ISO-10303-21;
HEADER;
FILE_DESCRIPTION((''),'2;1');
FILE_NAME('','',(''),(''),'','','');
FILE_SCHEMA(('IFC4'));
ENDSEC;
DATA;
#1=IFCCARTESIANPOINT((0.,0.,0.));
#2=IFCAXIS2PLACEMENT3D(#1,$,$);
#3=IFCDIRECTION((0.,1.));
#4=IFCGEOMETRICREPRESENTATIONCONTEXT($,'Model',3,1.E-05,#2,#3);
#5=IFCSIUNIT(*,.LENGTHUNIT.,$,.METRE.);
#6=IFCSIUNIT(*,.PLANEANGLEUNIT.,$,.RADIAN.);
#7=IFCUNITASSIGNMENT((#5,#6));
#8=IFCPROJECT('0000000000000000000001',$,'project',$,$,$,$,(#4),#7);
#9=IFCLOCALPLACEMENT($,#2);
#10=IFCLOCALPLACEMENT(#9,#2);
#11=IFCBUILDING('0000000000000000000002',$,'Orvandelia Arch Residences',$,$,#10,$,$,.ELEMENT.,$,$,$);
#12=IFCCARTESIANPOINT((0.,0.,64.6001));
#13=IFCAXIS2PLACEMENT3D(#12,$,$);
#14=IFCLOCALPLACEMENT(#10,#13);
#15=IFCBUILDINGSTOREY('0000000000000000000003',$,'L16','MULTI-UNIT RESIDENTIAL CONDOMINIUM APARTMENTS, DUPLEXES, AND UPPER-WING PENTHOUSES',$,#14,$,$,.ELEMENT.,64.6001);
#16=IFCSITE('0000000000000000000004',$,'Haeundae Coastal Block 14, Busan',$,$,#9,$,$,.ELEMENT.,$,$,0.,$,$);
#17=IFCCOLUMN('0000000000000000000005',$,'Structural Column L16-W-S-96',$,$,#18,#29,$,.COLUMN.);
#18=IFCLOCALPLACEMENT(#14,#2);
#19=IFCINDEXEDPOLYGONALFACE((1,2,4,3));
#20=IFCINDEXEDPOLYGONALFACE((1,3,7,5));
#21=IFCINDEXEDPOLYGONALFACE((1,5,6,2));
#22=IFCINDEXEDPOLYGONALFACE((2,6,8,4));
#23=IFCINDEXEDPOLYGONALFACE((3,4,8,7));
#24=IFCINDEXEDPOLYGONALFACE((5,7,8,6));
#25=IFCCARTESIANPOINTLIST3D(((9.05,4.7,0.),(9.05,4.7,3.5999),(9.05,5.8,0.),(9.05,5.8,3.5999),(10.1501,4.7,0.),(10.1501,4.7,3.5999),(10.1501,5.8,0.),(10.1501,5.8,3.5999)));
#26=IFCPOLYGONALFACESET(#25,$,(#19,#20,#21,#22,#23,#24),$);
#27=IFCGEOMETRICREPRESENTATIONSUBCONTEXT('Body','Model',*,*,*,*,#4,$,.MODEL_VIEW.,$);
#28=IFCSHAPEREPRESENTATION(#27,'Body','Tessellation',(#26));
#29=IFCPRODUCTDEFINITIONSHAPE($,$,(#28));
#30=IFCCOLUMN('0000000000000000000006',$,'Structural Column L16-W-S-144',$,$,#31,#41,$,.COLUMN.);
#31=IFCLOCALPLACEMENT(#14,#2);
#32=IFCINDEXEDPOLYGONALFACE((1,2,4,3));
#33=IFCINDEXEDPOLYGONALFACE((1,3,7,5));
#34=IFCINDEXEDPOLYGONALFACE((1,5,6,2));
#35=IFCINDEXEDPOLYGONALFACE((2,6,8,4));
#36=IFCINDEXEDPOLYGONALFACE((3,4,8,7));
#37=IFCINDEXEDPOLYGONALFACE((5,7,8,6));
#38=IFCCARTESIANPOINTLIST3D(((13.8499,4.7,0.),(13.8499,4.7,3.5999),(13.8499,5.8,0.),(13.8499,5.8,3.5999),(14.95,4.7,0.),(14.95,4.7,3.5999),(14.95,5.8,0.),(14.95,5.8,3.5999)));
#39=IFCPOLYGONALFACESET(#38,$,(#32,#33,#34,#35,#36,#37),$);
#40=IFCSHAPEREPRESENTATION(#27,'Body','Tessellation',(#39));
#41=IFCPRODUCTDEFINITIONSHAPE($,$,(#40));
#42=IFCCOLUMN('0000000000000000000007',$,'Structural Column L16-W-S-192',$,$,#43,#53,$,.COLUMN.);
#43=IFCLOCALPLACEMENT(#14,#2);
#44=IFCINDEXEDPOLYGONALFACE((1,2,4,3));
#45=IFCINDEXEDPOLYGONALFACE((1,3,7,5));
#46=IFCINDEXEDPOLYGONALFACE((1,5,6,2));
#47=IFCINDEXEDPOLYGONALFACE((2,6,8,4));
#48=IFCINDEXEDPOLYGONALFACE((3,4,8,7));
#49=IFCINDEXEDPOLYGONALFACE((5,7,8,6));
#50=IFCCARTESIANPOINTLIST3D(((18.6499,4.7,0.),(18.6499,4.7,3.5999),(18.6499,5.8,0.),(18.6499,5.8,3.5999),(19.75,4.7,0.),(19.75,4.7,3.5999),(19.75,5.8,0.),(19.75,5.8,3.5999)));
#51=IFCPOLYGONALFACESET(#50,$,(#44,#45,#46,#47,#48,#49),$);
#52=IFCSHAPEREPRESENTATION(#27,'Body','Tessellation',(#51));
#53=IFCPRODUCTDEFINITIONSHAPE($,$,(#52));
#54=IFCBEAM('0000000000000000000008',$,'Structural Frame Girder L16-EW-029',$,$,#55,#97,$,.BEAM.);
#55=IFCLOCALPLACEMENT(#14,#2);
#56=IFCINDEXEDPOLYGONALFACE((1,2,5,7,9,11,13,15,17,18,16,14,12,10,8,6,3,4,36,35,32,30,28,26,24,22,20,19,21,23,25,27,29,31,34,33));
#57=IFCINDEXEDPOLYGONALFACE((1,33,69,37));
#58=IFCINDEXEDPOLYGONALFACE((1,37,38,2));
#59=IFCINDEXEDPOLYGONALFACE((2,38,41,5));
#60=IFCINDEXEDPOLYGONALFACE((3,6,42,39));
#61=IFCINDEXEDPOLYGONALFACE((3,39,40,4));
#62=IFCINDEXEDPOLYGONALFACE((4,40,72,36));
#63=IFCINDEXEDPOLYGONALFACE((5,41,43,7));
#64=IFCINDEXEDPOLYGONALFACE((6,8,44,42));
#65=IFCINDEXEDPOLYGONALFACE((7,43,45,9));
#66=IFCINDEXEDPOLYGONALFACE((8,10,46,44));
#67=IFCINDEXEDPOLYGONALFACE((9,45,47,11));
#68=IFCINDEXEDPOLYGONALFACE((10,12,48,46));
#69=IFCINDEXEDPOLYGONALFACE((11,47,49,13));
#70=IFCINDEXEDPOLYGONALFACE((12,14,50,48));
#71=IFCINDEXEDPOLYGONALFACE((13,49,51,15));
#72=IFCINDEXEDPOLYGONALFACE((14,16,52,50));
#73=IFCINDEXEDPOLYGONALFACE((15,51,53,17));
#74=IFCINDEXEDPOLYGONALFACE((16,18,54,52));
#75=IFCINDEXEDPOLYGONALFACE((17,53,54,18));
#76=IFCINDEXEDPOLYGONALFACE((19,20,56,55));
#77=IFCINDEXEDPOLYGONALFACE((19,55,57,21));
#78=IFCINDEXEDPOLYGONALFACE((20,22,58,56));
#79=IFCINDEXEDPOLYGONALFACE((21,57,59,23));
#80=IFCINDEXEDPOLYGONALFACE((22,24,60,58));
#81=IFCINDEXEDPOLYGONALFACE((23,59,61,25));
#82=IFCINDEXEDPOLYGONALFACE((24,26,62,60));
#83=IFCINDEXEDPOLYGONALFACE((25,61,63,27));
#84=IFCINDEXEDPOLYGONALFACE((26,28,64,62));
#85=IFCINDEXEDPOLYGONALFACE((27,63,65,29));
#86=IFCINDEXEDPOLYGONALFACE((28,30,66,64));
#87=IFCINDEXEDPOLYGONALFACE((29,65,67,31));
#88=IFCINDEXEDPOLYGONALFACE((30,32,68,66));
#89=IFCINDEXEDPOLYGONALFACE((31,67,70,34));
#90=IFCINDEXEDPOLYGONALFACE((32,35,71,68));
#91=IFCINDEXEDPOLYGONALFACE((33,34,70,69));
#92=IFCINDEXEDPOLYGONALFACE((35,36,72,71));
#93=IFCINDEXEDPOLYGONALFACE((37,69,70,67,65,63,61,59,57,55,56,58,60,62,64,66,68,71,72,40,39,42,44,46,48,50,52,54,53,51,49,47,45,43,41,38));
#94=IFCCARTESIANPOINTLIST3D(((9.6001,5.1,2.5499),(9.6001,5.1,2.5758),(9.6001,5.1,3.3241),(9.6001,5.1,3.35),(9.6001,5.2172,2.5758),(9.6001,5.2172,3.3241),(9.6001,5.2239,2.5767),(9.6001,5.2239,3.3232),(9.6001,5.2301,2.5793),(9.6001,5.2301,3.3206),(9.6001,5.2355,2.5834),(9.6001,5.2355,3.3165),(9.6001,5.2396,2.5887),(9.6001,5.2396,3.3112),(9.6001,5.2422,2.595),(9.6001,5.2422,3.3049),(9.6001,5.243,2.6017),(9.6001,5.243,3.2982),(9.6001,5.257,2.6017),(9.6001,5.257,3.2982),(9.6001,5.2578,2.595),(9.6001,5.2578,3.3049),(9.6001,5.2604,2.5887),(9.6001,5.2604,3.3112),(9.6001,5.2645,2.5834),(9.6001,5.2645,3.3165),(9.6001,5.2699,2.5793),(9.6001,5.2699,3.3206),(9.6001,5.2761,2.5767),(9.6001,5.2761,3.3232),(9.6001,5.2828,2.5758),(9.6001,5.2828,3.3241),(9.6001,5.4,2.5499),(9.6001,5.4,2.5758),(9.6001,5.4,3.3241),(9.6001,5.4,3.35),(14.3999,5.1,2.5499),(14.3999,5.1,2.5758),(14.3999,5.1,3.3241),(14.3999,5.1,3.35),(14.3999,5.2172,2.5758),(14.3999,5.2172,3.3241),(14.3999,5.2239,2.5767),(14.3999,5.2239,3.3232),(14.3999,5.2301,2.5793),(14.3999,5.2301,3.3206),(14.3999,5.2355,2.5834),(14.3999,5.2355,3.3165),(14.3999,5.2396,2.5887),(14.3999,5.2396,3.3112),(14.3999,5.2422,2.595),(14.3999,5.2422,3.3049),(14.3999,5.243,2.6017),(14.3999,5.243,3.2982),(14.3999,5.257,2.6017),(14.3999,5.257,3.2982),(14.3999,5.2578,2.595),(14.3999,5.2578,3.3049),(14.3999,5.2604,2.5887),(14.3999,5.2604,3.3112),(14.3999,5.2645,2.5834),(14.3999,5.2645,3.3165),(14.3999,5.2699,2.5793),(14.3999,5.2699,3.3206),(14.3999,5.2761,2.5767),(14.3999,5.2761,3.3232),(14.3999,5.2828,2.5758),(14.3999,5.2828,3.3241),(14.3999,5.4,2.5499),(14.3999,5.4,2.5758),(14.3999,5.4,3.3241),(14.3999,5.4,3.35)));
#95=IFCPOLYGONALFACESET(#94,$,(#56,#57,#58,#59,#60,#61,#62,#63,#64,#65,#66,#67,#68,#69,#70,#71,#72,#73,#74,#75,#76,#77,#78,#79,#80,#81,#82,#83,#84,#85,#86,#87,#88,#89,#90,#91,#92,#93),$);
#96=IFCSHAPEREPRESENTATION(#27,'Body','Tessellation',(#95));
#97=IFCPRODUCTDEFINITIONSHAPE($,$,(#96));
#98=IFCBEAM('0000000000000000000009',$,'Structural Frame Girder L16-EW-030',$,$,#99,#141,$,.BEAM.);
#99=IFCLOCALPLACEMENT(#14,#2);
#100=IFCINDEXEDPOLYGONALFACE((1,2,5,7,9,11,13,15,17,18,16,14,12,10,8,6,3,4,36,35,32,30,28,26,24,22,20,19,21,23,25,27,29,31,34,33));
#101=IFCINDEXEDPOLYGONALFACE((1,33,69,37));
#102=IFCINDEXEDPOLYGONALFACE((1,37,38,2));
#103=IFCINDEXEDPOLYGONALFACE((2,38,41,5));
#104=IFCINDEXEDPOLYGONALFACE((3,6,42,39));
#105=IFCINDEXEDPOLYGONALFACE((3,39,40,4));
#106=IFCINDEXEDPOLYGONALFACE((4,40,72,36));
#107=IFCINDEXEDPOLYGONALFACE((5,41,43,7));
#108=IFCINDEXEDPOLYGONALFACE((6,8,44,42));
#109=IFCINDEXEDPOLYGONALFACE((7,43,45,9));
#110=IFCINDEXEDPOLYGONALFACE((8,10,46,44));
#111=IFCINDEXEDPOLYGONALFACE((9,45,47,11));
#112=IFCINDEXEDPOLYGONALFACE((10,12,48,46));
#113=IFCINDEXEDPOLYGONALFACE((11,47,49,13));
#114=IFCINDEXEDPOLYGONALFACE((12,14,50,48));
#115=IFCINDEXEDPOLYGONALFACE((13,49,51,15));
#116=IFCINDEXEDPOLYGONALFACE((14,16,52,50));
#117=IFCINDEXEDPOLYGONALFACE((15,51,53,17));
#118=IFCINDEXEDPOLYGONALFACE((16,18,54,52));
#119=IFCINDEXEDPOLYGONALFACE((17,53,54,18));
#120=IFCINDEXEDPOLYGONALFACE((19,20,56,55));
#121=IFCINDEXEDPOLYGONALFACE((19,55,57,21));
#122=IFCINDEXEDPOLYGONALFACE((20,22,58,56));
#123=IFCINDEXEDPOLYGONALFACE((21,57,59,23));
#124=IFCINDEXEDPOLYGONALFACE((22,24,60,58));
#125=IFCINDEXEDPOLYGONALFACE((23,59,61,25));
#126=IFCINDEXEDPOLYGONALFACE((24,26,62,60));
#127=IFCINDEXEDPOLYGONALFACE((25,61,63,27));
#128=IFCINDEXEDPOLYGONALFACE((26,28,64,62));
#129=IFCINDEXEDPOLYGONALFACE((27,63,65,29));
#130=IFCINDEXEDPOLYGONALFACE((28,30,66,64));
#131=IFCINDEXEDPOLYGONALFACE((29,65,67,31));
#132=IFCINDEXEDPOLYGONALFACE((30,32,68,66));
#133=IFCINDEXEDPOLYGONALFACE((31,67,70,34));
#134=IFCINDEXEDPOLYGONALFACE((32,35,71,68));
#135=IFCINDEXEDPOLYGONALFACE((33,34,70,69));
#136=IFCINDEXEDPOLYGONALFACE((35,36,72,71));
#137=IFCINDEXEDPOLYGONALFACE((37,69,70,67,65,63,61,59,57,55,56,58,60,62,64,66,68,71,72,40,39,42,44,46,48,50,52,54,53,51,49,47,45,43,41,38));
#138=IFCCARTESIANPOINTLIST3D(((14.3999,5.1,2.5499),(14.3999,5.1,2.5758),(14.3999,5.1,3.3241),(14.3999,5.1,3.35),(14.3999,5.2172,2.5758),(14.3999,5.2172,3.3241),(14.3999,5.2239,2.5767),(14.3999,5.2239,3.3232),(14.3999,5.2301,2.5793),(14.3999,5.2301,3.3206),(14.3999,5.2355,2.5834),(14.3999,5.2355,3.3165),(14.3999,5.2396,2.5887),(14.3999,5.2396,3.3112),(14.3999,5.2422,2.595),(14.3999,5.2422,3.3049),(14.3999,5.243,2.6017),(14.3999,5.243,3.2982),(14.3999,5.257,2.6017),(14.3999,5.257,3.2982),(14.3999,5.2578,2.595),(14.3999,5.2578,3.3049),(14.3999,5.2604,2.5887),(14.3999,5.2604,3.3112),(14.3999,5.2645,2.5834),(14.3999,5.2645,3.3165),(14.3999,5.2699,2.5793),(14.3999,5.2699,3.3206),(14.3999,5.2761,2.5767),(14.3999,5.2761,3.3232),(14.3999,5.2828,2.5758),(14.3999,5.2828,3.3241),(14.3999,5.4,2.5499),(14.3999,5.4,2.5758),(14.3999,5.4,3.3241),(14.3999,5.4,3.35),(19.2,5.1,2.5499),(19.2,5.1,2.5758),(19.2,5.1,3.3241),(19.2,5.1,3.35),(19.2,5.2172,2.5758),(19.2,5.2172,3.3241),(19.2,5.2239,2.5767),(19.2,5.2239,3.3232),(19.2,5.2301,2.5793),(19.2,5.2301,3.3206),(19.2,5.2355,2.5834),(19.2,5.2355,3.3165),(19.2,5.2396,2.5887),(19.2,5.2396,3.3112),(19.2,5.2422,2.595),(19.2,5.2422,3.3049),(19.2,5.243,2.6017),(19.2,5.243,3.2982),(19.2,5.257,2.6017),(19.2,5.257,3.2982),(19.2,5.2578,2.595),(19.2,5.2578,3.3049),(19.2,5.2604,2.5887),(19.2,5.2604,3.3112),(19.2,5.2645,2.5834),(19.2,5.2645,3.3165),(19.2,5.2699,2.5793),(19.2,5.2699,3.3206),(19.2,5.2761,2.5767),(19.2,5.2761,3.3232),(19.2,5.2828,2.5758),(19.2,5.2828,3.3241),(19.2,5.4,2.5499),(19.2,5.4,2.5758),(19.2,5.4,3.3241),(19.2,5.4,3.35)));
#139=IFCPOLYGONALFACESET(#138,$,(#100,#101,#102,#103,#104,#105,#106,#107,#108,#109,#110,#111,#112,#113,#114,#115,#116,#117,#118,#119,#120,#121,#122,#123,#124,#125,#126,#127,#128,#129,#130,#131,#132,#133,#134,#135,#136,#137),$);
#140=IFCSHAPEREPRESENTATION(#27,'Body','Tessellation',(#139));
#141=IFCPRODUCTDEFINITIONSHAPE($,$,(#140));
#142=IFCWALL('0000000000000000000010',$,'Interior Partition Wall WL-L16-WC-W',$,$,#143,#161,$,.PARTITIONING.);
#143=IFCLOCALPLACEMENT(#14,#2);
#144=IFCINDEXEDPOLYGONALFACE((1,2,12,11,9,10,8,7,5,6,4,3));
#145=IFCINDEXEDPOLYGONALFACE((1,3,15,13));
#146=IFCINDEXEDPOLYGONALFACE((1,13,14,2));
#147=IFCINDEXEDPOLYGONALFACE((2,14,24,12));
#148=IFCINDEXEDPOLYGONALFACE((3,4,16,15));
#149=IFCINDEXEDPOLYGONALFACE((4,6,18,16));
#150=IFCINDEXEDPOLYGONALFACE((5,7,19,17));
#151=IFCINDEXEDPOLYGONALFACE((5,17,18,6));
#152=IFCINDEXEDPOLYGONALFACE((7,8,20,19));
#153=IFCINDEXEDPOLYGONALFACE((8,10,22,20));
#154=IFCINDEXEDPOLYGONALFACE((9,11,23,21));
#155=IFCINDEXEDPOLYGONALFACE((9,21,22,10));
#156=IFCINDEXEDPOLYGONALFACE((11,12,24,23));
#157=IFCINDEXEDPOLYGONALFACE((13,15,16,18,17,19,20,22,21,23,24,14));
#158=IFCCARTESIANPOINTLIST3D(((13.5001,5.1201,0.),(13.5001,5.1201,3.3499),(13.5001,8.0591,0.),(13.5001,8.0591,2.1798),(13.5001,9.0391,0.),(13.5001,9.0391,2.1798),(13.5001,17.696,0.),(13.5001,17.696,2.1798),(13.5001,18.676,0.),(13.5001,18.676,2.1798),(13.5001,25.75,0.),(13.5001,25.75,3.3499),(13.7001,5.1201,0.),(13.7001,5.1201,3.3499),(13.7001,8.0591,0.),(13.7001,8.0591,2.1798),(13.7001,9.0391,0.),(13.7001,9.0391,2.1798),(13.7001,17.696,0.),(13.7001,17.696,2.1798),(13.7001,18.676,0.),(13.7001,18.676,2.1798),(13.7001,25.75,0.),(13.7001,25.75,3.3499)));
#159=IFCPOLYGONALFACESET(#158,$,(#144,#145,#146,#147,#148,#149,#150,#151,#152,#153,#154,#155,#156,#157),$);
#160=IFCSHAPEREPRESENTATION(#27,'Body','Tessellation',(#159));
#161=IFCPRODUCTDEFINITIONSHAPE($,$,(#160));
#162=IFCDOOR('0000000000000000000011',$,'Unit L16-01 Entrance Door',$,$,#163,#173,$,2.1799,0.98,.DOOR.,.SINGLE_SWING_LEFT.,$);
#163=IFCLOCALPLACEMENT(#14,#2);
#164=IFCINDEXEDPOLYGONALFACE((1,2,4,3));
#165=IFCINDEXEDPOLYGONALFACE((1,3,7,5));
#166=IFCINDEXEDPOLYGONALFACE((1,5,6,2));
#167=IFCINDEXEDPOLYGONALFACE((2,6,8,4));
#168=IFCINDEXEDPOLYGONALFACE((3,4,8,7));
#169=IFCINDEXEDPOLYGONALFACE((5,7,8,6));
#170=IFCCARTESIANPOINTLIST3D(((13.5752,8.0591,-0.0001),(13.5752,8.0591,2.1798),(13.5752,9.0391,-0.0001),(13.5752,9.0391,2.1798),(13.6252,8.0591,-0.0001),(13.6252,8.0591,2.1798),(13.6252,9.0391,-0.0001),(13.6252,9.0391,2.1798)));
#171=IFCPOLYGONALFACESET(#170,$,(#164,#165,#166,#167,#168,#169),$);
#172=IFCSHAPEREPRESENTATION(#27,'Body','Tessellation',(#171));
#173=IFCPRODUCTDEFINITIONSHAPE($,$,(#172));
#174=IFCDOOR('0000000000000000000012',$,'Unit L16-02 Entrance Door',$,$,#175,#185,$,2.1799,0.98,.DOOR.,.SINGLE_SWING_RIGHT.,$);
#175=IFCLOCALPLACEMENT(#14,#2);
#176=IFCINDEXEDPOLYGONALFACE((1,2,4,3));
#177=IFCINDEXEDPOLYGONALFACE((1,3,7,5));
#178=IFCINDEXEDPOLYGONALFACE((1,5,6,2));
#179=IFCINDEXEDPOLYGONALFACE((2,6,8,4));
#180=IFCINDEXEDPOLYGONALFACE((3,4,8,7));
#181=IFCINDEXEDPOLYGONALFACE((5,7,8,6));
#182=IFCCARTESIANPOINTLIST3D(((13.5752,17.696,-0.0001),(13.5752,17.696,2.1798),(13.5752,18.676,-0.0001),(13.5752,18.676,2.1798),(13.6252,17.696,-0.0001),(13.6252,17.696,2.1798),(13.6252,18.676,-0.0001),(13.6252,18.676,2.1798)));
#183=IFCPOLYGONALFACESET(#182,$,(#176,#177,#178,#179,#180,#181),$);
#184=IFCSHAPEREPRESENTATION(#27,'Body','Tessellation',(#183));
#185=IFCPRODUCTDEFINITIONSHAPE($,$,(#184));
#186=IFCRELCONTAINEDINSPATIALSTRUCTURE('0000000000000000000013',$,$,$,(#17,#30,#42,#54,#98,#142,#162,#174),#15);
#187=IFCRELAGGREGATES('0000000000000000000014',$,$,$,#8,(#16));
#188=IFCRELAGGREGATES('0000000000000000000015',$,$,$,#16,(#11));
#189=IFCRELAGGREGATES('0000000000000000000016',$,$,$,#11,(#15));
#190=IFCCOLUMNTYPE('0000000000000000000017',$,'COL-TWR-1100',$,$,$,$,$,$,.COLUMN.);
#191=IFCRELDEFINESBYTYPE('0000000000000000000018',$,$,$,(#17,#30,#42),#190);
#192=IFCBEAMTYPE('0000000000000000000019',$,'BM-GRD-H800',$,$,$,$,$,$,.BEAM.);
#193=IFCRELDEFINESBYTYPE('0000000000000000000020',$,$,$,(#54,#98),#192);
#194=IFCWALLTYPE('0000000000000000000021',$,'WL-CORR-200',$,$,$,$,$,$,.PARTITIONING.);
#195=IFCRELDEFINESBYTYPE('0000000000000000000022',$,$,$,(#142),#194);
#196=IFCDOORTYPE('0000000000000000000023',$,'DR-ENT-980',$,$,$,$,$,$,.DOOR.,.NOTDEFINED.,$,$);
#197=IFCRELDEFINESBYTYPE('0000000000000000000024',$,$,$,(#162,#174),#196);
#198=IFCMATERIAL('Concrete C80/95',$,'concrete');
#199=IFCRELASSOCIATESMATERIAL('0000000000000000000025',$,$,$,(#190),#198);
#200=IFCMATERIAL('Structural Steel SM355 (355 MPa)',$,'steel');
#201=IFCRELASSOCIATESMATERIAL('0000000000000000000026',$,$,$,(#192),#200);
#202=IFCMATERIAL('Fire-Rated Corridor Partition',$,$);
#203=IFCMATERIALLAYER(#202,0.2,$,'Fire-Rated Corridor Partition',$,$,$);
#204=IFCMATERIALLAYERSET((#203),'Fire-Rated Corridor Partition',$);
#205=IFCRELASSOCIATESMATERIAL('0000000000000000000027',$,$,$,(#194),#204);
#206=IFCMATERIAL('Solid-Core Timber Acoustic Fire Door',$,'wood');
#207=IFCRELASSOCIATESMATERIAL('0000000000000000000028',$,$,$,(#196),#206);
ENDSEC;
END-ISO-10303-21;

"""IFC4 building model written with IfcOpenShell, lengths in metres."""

from ifc_helpers import new_model, si_unit, direction, frame, frame_2d, origin, origin_2d, place, context, subcontext, project, spatial, rectangle, i_section, extrude, material, layer, layer_set, material_profile, profile_set, type_object, element, fill, save


model = new_model("IFC4")

# Units and contexts
model_context = context("Model", 3, precision=1e-05, world=origin(), true_north=direction((0.0, 1.0)))
body_context = subcontext(model_context, "Body", "Model", "MODEL_VIEW")
ifc_project = project(units=[si_unit("LENGTHUNIT", "METRE"), si_unit("PLANEANGLEUNIT", "RADIAN")], contexts=[model_context])

# Site, building, storey
site_placement = place(None, origin())
site = spatial("IfcSite", under=ifc_project, at=site_placement, Name="Haeundae Coastal Block 14, Busan", CompositionType="ELEMENT", RefElevation=0.0)
building_placement = place(site_placement, origin())
building = spatial("IfcBuilding", under=site, at=building_placement, Name="Orvandelia Arch Residences", CompositionType="ELEMENT")
storey_placement = place(building_placement, frame((0.0, 0.0, 64.6001)))
storey = spatial("IfcBuildingStorey", under=building, at=storey_placement, Name="L16", Description="MULTI-UNIT RESIDENTIAL CONDOMINIUM APARTMENTS, DUPLEXES, AND UPPER-WING PENTHOUSES", CompositionType="ELEMENT", Elevation=64.6001)

# Columns
ifc_material_1 = material(Name="Concrete C80/95", Category="concrete")
ifc_material_profile_1 = material_profile(ifc_material_1, rectangle(XDim=1.1001, YDim=1.1001, at=origin_2d()), Name="Concrete C80/95", Category="concrete")
ifc_profile_set_1 = profile_set([ifc_material_profile_1], Name="Concrete C80/95")
column_type = type_object("IfcColumnType", Name="COL-TWR-1100", PredefinedType="COLUMN", material=ifc_profile_set_1)
for number, where, z_axis, x_axis, name in (
    (1, (9.6001, 5.25, 0.0), (0.0, 0.0, 1.0), (1.0, 0.0, 0.0), "Structural Column L16-W-S-96"),
    (2, (14.3999, 5.25, 0.0), (0.0, 0.0, 1.0), (1.0, 0.0, 0.0), "Structural Column L16-W-S-144"),
    (3, (19.2, 5.25, 0.0), (0.0, 0.0, 1.0), (1.0, 0.0, 0.0), "Structural Column L16-W-S-192"),
):
    element("IfcColumn", number, at=place(storey_placement, frame(where, z_axis=z_axis, x_axis=x_axis)), inside=storey, type_object=column_type, Name=name, PredefinedType="COLUMN", context=body_context, shape_type="SweptSolid", body=[
        extrude(rectangle(XDim=1.1001, YDim=1.1001, at=origin_2d()), origin(), (0.0, 0.0, 1.0), 3.5999),
    ])

# Beams
ifc_material_2 = material(Name="Structural Steel SM355 (355 MPa)", Category="steel")
ifc_material_profile_2 = material_profile(ifc_material_2, i_section(OverallWidth=0.3, OverallDepth=0.8, WebThickness=0.0139, FlangeThickness=0.0259, FilletRadius=0.0259, at=origin_2d()), Name="Structural Steel SM355 (355 MPa)", Category="steel")
ifc_profile_set_2 = profile_set([ifc_material_profile_2], Name="Structural Steel SM355 (355 MPa)")
beam_type = type_object("IfcBeamType", Name="BM-GRD-H800", PredefinedType="BEAM", material=ifc_profile_set_2)
beam_1_placement = place(storey_placement, frame((9.6001, 5.25, 2.95), z_axis=(1.0, 0.0, 0.0), x_axis=(0.0, 1.0, 0.0)))
element("IfcBeam", 4, at=beam_1_placement, inside=storey, type_object=beam_type, Name="Structural Frame Girder L16-EW-029", PredefinedType="BEAM", context=body_context, shape_type="SweptSolid", body=[
    extrude(i_section(OverallWidth=0.3, OverallDepth=0.8, WebThickness=0.0139, FlangeThickness=0.0259, FilletRadius=0.0259, at=origin_2d()), origin(), (0.0, 0.0, 1.0), 4.7998),
])
beam_2_placement = place(storey_placement, frame((14.3999, 5.25, 2.95), z_axis=(1.0, 0.0, 0.0), x_axis=(0.0, 1.0, 0.0)))
element("IfcBeam", 5, at=beam_2_placement, inside=storey, type_object=beam_type, Name="Structural Frame Girder L16-EW-030", PredefinedType="BEAM", context=body_context, shape_type="SweptSolid", body=[
    extrude(i_section(OverallWidth=0.3, OverallDepth=0.8, WebThickness=0.0139, FlangeThickness=0.0259, FilletRadius=0.0259, at=origin_2d()), origin(), (0.0, 0.0, 1.0), 4.8),
])

# Wall, openings, doors
ifc_material_3 = material(Name="Fire-Rated Corridor Partition")
ifc_layer_1 = layer(ifc_material_3, 0.2, Name="Fire-Rated Corridor Partition")
ifc_layer_set_1 = layer_set([ifc_layer_1], Name="Fire-Rated Corridor Partition")
wall_type_1 = type_object("IfcWallType", Name="WL-CORR-200", PredefinedType="PARTITIONING", material=ifc_layer_set_1)
wall_1_placement = place(storey_placement, frame((13.6001, 5.1201, 0.0), z_axis=(0.0, 0.0, 1.0), x_axis=(0.0, 1.0, 0.0)))
wall_1 = element("IfcWall", 6, at=wall_1_placement, inside=storey, type_object=wall_type_1, Name="Interior Partition Wall WL-L16-WC-W", PredefinedType="PARTITIONING", context=body_context, shape_type="SweptSolid", body=[
    extrude(rectangle(XDim=20.6299, YDim=0.2, at=frame_2d((10.3149, 0.0))), origin(), (0.0, 0.0, 1.0), 3.3499),
])
opening_1_placement = place(wall_1_placement, frame((2.939, 0.0, 0.0)))
opening_1 = element("IfcOpeningElement", 7, at=opening_1_placement, cuts=wall_1, PredefinedType="OPENING", context=body_context, shape_type="SweptSolid", body=[
    extrude(rectangle(XDim=0.98, YDim=2.1799, at=frame_2d((0.49, 1.0898))), frame((0.0, 0.1099, 0.0), z_axis=(0.0, -1.0, 0.0), x_axis=(1.0, 0.0, 0.0)), (0.0, 0.0, 1.0), 0.22),
])
opening_2_placement = place(wall_1_placement, frame((12.5759, 0.0, 0.0)))
opening_2 = element("IfcOpeningElement", 8, at=opening_2_placement, cuts=wall_1, PredefinedType="OPENING", context=body_context, shape_type="SweptSolid", body=[
    extrude(rectangle(XDim=0.98, YDim=2.1799, at=frame_2d((0.49, 1.0898))), frame((0.0, 0.1099, 0.0), z_axis=(0.0, -1.0, 0.0), x_axis=(1.0, 0.0, 0.0)), (0.0, 0.0, 1.0), 0.22),
])
ifc_material_4 = material(Name="Solid-Core Timber Acoustic Fire Door", Category="wood")
door_type_1 = type_object("IfcDoorType", Name="DR-ENT-980", OperationType="NOTDEFINED", PredefinedType="DOOR", material=ifc_material_4)
door_1_placement = place(opening_1_placement, origin())
door_1 = element("IfcDoor", 9, at=door_1_placement, inside=storey, type_object=door_type_1, Name="Unit L16-01 Entrance Door", OperationType="SINGLE_SWING_LEFT", OverallHeight=2.1799, OverallWidth=0.98, PredefinedType="DOOR", context=body_context, shape_type="SweptSolid", body=[
    extrude(rectangle(XDim=0.98, YDim=2.1799, at=frame_2d((0.49, 1.0898))), frame((0.0, 0.0249, 0.0), z_axis=(0.0, -1.0, 0.0), x_axis=(1.0, 0.0, 0.0)), (0.0, 0.0, 1.0), 0.05),
])
fill(opening_1, door_1)
door_2_placement = place(opening_2_placement, origin())
door_2 = element("IfcDoor", 10, at=door_2_placement, inside=storey, type_object=door_type_1, Name="Unit L16-02 Entrance Door", OperationType="SINGLE_SWING_RIGHT", OverallHeight=2.1799, OverallWidth=0.98, PredefinedType="DOOR", context=body_context, shape_type="SweptSolid", body=[
    extrude(rectangle(XDim=0.98, YDim=2.1799, at=frame_2d((0.49, 1.0898))), frame((0.0, 0.0249, 0.0), z_axis=(0.0, -1.0, 0.0), x_axis=(1.0, 0.0, 0.0)), (0.0, 0.0, 1.0), 0.05),
])
fill(opening_2, door_2)

save(model, "model.ifc")
